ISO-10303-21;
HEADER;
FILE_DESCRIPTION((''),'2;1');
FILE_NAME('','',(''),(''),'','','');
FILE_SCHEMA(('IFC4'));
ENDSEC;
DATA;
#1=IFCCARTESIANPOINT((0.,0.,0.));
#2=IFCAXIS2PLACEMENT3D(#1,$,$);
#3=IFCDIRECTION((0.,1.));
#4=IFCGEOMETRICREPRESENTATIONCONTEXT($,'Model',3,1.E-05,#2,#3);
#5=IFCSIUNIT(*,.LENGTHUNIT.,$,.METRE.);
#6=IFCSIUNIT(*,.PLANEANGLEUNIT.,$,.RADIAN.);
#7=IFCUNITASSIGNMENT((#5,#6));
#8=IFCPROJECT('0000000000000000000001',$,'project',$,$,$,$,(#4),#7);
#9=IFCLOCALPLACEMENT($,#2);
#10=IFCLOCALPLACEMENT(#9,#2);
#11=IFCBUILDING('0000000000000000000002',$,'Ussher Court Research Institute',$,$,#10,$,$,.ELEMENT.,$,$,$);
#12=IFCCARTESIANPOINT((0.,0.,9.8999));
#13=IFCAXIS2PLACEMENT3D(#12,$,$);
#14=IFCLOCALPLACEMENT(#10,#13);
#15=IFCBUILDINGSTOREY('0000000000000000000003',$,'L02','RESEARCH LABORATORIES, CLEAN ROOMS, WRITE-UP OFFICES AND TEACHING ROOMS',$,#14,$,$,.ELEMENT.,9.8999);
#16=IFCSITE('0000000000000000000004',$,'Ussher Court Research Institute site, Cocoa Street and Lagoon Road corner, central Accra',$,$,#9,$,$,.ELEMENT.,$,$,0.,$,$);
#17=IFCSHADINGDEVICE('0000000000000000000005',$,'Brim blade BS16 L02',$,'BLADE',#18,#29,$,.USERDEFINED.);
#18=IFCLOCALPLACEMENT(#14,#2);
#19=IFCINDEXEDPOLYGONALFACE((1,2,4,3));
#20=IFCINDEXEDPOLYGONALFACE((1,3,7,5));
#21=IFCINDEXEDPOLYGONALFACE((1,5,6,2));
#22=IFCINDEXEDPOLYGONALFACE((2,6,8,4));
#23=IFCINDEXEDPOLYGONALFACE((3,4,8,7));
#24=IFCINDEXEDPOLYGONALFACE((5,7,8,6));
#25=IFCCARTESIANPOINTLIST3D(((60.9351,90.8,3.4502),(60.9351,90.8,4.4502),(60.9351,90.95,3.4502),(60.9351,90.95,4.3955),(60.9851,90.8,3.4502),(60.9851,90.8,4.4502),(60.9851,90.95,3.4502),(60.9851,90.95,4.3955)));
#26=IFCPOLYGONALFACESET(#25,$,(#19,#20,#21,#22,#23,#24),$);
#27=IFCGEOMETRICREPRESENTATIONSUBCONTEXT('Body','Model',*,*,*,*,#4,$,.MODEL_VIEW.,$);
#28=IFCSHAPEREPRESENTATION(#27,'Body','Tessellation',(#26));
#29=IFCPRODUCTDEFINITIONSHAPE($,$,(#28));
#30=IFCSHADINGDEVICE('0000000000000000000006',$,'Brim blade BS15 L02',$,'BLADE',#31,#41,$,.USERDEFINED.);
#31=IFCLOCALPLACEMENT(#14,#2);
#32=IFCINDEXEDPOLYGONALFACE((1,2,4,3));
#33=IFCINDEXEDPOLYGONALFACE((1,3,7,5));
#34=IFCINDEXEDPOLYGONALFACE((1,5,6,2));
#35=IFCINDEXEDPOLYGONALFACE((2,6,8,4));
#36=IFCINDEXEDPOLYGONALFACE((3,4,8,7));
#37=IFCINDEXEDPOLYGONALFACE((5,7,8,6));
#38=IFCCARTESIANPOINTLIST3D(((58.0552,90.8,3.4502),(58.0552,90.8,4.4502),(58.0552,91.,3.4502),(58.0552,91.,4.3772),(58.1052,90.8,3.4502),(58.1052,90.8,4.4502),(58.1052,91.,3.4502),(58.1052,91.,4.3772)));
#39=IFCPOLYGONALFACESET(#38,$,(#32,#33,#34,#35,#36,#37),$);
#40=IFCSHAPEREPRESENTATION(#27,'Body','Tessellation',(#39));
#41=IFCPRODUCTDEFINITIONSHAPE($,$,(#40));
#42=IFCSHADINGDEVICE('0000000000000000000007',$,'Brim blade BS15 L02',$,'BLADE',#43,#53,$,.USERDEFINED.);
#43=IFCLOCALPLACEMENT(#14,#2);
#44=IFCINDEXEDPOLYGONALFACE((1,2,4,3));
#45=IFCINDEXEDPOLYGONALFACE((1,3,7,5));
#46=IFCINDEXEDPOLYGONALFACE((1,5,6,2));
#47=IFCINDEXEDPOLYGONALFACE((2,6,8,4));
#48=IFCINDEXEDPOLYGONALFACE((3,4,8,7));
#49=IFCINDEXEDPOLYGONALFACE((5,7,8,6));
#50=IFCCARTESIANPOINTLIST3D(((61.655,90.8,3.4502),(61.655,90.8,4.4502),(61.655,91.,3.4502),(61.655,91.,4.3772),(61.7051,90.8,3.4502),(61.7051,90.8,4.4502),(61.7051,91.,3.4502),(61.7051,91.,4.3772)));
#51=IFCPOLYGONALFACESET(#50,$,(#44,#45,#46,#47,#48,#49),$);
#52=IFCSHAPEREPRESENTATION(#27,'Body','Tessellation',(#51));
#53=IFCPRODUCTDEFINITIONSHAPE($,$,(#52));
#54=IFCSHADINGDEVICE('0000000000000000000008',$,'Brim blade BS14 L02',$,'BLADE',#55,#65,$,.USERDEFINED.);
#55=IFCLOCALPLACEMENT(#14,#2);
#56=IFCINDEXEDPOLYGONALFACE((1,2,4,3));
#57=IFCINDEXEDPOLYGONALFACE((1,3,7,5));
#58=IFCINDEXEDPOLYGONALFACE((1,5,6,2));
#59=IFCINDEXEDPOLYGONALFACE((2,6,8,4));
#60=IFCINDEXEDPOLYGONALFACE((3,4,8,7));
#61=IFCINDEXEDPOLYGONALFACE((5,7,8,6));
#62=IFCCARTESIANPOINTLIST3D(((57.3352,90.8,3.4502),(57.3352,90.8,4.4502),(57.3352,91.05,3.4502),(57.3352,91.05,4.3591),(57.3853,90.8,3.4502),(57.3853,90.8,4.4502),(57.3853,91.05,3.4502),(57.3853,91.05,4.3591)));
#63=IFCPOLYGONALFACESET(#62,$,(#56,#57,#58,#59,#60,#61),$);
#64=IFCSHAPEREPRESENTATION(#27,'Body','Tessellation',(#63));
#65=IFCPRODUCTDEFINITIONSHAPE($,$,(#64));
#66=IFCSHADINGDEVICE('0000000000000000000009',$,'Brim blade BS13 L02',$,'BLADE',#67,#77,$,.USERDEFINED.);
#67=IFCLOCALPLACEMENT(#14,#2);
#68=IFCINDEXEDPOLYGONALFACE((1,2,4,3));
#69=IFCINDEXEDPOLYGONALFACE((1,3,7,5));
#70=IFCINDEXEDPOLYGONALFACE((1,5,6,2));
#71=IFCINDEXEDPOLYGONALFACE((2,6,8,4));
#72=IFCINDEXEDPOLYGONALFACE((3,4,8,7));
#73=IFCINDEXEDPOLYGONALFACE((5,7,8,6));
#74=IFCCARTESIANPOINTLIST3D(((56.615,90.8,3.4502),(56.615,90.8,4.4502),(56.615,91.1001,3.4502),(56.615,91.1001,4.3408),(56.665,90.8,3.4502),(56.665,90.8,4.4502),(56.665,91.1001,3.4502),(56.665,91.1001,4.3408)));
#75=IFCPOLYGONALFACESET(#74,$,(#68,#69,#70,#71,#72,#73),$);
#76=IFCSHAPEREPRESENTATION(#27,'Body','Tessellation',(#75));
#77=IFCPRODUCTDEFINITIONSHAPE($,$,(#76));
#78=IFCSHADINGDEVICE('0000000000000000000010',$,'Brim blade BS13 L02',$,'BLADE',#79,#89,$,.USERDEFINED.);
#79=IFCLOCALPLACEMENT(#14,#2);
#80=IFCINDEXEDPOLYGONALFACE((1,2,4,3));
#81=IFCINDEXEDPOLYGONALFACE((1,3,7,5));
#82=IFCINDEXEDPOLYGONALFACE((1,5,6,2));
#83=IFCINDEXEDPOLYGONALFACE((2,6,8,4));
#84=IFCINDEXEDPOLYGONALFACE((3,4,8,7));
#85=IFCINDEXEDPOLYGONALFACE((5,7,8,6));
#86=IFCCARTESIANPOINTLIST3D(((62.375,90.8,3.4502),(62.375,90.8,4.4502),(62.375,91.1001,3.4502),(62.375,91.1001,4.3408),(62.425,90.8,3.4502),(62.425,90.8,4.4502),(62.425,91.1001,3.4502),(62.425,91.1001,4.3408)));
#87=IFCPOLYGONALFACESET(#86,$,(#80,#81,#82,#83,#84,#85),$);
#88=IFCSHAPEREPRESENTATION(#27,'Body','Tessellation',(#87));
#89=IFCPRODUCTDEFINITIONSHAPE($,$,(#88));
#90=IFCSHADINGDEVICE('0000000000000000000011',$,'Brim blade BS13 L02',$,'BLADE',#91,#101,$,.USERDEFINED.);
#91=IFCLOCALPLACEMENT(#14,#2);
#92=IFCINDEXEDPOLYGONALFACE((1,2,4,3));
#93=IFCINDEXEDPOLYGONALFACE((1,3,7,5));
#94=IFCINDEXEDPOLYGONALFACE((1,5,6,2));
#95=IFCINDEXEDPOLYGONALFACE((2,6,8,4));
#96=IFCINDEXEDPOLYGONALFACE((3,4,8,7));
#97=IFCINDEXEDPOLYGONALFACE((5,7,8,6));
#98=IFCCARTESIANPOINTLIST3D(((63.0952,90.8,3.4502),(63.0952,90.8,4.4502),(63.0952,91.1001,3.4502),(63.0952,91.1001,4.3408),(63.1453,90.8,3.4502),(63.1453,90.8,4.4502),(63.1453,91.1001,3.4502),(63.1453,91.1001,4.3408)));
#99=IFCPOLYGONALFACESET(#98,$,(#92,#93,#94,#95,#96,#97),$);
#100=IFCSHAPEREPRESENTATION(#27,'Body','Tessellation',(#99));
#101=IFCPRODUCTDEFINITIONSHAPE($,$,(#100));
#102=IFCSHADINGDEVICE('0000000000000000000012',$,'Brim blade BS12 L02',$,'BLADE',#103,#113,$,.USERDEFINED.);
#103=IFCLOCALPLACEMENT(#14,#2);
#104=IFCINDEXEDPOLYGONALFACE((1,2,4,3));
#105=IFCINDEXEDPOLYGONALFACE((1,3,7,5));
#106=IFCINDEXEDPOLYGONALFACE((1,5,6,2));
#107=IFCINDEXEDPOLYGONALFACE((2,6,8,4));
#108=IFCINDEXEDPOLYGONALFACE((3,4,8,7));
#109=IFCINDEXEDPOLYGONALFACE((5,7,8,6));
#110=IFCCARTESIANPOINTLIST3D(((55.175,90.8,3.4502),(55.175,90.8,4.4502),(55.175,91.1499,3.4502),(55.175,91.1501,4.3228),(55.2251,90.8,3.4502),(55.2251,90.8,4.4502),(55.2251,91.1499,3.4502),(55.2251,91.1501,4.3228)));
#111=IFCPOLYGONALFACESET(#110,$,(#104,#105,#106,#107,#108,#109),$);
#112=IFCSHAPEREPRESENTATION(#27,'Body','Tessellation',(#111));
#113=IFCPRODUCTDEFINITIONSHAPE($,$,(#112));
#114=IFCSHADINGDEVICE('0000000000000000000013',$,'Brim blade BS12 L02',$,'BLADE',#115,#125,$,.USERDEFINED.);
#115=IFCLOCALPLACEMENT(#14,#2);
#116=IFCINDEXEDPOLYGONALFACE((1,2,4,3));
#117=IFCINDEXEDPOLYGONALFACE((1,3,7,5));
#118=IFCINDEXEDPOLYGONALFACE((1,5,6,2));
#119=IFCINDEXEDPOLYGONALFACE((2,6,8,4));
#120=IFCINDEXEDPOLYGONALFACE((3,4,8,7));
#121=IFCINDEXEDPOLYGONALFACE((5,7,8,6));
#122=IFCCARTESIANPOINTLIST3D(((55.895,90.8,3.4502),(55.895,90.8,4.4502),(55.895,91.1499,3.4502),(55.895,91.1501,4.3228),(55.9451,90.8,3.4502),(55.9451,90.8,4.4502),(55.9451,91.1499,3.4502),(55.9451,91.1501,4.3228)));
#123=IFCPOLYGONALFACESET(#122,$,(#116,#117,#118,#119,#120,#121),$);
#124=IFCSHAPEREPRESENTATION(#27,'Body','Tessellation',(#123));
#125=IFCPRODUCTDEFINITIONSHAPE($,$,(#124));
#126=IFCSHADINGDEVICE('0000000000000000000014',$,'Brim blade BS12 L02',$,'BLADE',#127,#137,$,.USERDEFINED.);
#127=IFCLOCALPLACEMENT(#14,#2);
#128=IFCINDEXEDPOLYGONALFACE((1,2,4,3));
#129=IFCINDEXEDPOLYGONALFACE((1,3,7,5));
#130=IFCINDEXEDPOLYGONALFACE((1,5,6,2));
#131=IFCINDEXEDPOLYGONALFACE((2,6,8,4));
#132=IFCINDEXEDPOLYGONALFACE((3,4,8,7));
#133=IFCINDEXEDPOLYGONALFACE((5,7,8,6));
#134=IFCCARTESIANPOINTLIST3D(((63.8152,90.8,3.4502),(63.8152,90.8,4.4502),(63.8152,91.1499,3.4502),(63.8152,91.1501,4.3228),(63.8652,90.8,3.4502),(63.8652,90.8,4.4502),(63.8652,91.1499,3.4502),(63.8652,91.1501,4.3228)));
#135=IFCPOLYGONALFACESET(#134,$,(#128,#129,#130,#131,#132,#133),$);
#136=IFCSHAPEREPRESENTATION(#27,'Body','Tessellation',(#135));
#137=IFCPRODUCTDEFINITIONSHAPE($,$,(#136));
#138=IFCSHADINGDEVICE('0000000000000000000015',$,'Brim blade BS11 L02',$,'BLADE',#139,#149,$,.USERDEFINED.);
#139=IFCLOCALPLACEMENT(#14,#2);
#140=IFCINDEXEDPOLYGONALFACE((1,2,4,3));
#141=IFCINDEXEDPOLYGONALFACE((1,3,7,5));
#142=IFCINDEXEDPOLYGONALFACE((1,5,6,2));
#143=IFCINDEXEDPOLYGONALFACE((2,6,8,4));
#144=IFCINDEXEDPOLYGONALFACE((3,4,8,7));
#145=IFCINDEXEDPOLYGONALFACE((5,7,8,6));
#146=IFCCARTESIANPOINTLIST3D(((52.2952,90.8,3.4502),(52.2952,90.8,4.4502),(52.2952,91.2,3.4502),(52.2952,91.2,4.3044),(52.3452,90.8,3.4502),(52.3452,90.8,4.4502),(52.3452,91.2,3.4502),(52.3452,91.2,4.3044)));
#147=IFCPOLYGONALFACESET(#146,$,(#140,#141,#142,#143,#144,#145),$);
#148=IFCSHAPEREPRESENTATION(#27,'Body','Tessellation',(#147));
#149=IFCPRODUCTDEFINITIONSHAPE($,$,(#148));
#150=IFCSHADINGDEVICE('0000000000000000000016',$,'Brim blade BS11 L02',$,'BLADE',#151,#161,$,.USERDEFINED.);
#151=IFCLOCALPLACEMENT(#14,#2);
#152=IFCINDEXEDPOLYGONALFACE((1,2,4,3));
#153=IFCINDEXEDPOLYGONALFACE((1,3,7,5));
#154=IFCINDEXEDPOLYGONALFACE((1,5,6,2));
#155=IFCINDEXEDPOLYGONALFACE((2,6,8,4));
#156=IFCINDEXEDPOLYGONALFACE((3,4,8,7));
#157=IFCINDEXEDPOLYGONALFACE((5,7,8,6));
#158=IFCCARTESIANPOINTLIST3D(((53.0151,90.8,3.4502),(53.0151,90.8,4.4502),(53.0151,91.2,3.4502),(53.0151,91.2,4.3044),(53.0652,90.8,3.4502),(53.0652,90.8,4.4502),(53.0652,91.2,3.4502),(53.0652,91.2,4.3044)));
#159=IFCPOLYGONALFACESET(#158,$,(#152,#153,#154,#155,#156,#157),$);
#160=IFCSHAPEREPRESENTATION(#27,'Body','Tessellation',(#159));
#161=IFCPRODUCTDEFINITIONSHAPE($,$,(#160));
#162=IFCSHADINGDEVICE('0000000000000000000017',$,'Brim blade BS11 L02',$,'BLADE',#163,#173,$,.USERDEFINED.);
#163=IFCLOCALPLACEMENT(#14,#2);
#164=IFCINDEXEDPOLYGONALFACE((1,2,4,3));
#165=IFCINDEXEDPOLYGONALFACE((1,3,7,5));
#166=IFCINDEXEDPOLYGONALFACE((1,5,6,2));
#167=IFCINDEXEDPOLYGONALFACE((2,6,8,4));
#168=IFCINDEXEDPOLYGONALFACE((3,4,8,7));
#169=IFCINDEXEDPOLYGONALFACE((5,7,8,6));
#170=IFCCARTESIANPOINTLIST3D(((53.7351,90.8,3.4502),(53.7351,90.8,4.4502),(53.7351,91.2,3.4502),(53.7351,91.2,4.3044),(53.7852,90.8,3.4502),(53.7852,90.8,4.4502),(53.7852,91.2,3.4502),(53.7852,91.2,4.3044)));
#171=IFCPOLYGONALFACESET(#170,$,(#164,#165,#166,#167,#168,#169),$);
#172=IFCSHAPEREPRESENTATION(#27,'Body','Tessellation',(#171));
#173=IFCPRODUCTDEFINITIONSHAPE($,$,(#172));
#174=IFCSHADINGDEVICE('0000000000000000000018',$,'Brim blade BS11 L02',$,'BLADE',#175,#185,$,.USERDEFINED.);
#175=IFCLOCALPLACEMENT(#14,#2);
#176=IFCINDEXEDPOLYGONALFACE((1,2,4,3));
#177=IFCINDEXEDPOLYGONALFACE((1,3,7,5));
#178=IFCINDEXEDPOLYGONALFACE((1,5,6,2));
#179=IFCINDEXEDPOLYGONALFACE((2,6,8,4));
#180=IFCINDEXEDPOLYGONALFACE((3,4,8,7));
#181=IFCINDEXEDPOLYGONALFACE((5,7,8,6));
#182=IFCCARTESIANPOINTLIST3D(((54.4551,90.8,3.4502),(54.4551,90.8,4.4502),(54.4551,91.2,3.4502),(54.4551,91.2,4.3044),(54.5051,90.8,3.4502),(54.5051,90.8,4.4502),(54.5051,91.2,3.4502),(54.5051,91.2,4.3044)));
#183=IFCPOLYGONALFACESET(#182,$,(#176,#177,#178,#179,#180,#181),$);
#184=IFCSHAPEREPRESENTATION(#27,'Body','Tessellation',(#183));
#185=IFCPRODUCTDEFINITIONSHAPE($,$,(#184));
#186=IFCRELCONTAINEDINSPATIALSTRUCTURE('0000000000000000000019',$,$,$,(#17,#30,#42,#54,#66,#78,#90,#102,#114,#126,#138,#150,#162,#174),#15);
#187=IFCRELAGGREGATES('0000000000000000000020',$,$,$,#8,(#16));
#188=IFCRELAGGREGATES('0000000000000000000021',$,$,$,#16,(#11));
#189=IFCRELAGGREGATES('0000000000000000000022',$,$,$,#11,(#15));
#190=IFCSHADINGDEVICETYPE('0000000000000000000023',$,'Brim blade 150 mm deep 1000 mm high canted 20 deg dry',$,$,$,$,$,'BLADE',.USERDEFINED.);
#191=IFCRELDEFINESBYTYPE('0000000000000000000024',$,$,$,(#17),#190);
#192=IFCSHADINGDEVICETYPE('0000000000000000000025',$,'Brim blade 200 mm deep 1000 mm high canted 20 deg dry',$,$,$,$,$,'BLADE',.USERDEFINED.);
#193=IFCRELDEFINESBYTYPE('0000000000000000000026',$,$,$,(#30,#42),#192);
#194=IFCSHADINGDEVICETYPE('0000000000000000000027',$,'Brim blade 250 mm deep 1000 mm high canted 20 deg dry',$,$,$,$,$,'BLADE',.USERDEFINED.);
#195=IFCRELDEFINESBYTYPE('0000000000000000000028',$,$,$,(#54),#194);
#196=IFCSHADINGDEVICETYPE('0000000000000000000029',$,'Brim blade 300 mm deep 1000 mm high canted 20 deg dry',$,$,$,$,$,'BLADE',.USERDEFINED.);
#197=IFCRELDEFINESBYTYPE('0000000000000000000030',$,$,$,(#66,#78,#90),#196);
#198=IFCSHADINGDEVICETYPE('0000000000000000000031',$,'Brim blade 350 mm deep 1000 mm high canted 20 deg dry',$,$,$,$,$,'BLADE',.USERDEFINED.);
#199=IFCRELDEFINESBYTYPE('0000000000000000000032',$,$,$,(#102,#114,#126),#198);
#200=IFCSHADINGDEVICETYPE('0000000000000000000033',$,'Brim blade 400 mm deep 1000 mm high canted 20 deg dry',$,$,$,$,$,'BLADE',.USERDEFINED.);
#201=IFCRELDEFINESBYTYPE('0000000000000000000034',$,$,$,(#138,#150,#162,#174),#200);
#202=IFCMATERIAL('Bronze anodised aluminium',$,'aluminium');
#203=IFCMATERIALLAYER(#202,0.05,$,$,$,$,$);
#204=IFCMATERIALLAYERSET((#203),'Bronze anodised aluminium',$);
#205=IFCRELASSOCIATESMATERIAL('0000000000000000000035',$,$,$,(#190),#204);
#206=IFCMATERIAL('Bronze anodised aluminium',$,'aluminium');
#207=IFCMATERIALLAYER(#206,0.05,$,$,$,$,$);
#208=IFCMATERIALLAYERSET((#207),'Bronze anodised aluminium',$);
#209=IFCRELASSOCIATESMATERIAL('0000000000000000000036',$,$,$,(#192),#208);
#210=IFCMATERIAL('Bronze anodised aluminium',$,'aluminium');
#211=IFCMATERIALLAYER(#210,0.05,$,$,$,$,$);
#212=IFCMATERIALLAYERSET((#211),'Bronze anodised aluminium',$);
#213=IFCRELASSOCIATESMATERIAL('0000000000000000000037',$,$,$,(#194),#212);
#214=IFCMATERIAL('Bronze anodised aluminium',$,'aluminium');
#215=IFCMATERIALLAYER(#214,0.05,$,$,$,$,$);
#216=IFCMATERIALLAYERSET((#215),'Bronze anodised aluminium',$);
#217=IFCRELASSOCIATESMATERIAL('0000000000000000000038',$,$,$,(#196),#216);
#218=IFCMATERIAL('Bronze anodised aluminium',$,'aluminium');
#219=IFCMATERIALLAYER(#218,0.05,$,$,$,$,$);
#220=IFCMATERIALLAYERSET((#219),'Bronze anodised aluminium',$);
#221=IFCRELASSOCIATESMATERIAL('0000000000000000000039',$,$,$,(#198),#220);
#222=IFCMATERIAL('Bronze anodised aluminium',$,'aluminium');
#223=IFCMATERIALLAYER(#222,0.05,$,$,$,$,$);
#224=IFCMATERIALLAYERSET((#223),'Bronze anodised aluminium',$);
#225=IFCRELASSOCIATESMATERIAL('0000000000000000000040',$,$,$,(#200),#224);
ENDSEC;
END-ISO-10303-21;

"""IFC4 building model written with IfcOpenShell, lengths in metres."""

from ifc_helpers import new_model, si_unit, direction, frame, origin, place, context, subcontext, project, spatial, polyline, outline, extrude, material, layer, layer_set, type_object, element, save


model = new_model("IFC4")

# Units and contexts
model_context = context("Model", 3, precision=1e-05, world=origin(), true_north=direction((0.0, 1.0)))
body_context = subcontext(model_context, "Body", "Model", "MODEL_VIEW")
ifc_project = project(units=[si_unit("LENGTHUNIT", "METRE"), si_unit("PLANEANGLEUNIT", "RADIAN")], contexts=[model_context])

# Site, building, storey
site_placement = place(None, origin())
site = spatial("IfcSite", under=ifc_project, at=site_placement, Name="Ussher Court Research Institute site, Cocoa Street and Lagoon Road corner, central Accra", CompositionType="ELEMENT", RefElevation=0.0)
building_placement = place(site_placement, origin())
building = spatial("IfcBuilding", under=site, at=building_placement, Name="Ussher Court Research Institute", CompositionType="ELEMENT")
storey_placement = place(building_placement, frame((0.0, 0.0, 9.8999)))
storey = spatial("IfcBuildingStorey", under=building, at=storey_placement, Name="L02", Description="RESEARCH LABORATORIES, CLEAN ROOMS, WRITE-UP OFFICES AND TEACHING ROOMS", CompositionType="ELEMENT", Elevation=9.8999)

# Shading devices
ifc_material_1 = material(Name="Bronze anodised aluminium", Category="aluminium")
ifc_layer_1 = layer(ifc_material_1, 0.05)
ifc_layer_set_1 = layer_set([ifc_layer_1], Name="Bronze anodised aluminium")
shading_device_type_1 = type_object("IfcShadingDeviceType", Name="Brim blade 150 mm deep 1000 mm high canted 20 deg dry", ElementType="BLADE", PredefinedType="USERDEFINED", material=ifc_layer_set_1)
shading_device_1_placement = place(storey_placement, frame((60.96, 90.8, 3.4502), z_axis=(0.0, 0.0, 1.0), x_axis=(0.0, 1.0, 0.0)))
element("IfcShadingDevice", 1, at=shading_device_1_placement, inside=storey, type_object=shading_device_type_1, Name="Brim blade BS16 L02", ObjectType="BLADE", PredefinedType="USERDEFINED", context=body_context, shape_type="SweptSolid", body=[
    extrude(outline(polyline([(0.0, 0.0), (0.1499, 0.0), (0.1499, 0.9453), (0.0, 1.0), (0.0, 0.0)])), frame((0.0, 0.0249, 0.0), z_axis=(0.0, -1.0, 0.0), x_axis=(1.0, 0.0, 0.0)), (0.0, 0.0, 1.0), 0.05),
])
ifc_material_2 = material(Name="Bronze anodised aluminium", Category="aluminium")
ifc_layer_2 = layer(ifc_material_2, 0.05)
ifc_layer_set_2 = layer_set([ifc_layer_2], Name="Bronze anodised aluminium")
shading_device_type_2 = type_object("IfcShadingDeviceType", Name="Brim blade 200 mm deep 1000 mm high canted 20 deg dry", ElementType="BLADE", PredefinedType="USERDEFINED", material=ifc_layer_set_2)
for number, where, z_axis, x_axis, name in (
    (2, (58.0801, 90.8, 3.4502), (0.0, 0.0, 1.0), (0.0, 1.0, 0.0), "Brim blade BS15 L02"),
    (3, (61.6799, 90.8, 3.4502), (0.0, 0.0, 1.0), (0.0, 1.0, 0.0), "Brim blade BS15 L02"),
):
    element("IfcShadingDevice", number, at=place(storey_placement, frame(where, z_axis=z_axis, x_axis=x_axis)), inside=storey, type_object=shading_device_type_2, Name=name, ObjectType="BLADE", PredefinedType="USERDEFINED", context=body_context, shape_type="SweptSolid", body=[
        extrude(outline(polyline([(0.0, 0.0), (0.2, 0.0), (0.2, 0.927), (0.0, 1.0), (0.0, 0.0)])), frame((0.0, 0.0249, 0.0), z_axis=(0.0, -1.0, 0.0), x_axis=(1.0, 0.0, 0.0)), (0.0, 0.0, 1.0), 0.05),
    ])
ifc_material_3 = material(Name="Bronze anodised aluminium", Category="aluminium")
ifc_layer_3 = layer(ifc_material_3, 0.05)
ifc_layer_set_3 = layer_set([ifc_layer_3], Name="Bronze anodised aluminium")
shading_device_type_3 = type_object("IfcShadingDeviceType", Name="Brim blade 250 mm deep 1000 mm high canted 20 deg dry", ElementType="BLADE", PredefinedType="USERDEFINED", material=ifc_layer_set_3)
shading_device_2_placement = place(storey_placement, frame((57.3601, 90.8, 3.4502), z_axis=(0.0, 0.0, 1.0), x_axis=(0.0, 1.0, 0.0)))
element("IfcShadingDevice", 4, at=shading_device_2_placement, inside=storey, type_object=shading_device_type_3, Name="Brim blade BS14 L02", ObjectType="BLADE", PredefinedType="USERDEFINED", context=body_context, shape_type="SweptSolid", body=[
    extrude(outline(polyline([(0.0, 0.0), (0.25, 0.0), (0.25, 0.9089), (0.0, 1.0), (0.0, 0.0)])), frame((0.0, 0.0249, 0.0), z_axis=(0.0, -1.0, 0.0), x_axis=(1.0, 0.0, 0.0)), (0.0, 0.0, 1.0), 0.05),
])
ifc_material_4 = material(Name="Bronze anodised aluminium", Category="aluminium")
ifc_layer_4 = layer(ifc_material_4, 0.05)
ifc_layer_set_4 = layer_set([ifc_layer_4], Name="Bronze anodised aluminium")
shading_device_type_4 = type_object("IfcShadingDeviceType", Name="Brim blade 300 mm deep 1000 mm high canted 20 deg dry", ElementType="BLADE", PredefinedType="USERDEFINED", material=ifc_layer_set_4)
for number, where, z_axis, x_axis, name in (
    (5, (56.6399, 90.8, 3.4502), (0.0, 0.0, 1.0), (0.0, 1.0, 0.0), "Brim blade BS13 L02"),
    (6, (62.3999, 90.8, 3.4502), (0.0, 0.0, 1.0), (0.0, 1.0, 0.0), "Brim blade BS13 L02"),
    (7, (63.1201, 90.8, 3.4502), (0.0, 0.0, 1.0), (0.0, 1.0, 0.0), "Brim blade BS13 L02"),
):
    element("IfcShadingDevice", number, at=place(storey_placement, frame(where, z_axis=z_axis, x_axis=x_axis)), inside=storey, type_object=shading_device_type_4, Name=name, ObjectType="BLADE", PredefinedType="USERDEFINED", context=body_context, shape_type="SweptSolid", body=[
        extrude(outline(polyline([(0.0, 0.0), (0.3, 0.0), (0.3, 0.8906), (0.0, 1.0), (0.0, 0.0)])), frame((0.0, 0.0249, 0.0), z_axis=(0.0, -1.0, 0.0), x_axis=(1.0, 0.0, 0.0)), (0.0, 0.0, 1.0), 0.05),
    ])
ifc_material_5 = material(Name="Bronze anodised aluminium", Category="aluminium")
ifc_layer_5 = layer(ifc_material_5, 0.05)
ifc_layer_set_5 = layer_set([ifc_layer_5], Name="Bronze anodised aluminium")
shading_device_type_5 = type_object("IfcShadingDeviceType", Name="Brim blade 350 mm deep 1000 mm high canted 20 deg dry", ElementType="BLADE", PredefinedType="USERDEFINED", material=ifc_layer_set_5)
for number, where, z_axis, x_axis, name in (
    (8, (55.2, 90.8, 3.4502), (0.0, 0.0, 1.0), (0.0, 1.0, 0.0), "Brim blade BS12 L02"),
    (9, (55.9199, 90.8, 3.4502), (0.0, 0.0, 1.0), (0.0, 1.0, 0.0), "Brim blade BS12 L02"),
    (10, (63.8401, 90.8, 3.4502), (0.0, 0.0, 1.0), (0.0, 1.0, 0.0), "Brim blade BS12 L02"),
):
    element("IfcShadingDevice", number, at=place(storey_placement, frame(where, z_axis=z_axis, x_axis=x_axis)), inside=storey, type_object=shading_device_type_5, Name=name, ObjectType="BLADE", PredefinedType="USERDEFINED", context=body_context, shape_type="SweptSolid", body=[
        extrude(outline(polyline([(0.0, 0.0), (0.3499, 0.0), (0.3501, 0.8726), (0.0, 1.0), (0.0, 0.0)])), frame((0.0, 0.0249, 0.0), z_axis=(0.0, -1.0, 0.0), x_axis=(1.0, 0.0, 0.0)), (0.0, 0.0, 1.0), 0.05),
    ])
ifc_material_6 = material(Name="Bronze anodised aluminium", Category="aluminium")
ifc_layer_6 = layer(ifc_material_6, 0.05)
ifc_layer_set_6 = layer_set([ifc_layer_6], Name="Bronze anodised aluminium")
shading_device_type_6 = type_object("IfcShadingDeviceType", Name="Brim blade 400 mm deep 1000 mm high canted 20 deg dry", ElementType="BLADE", PredefinedType="USERDEFINED", material=ifc_layer_set_6)
for number, where, z_axis, x_axis, name in (
    (11, (52.3201, 90.8, 3.4502), (0.0, 0.0, 1.0), (0.0, 1.0, 0.0), "Brim blade BS11 L02"),
    (12, (53.04, 90.8, 3.4502), (0.0, 0.0, 1.0), (0.0, 1.0, 0.0), "Brim blade BS11 L02"),
    (13, (53.76, 90.8, 3.4502), (0.0, 0.0, 1.0), (0.0, 1.0, 0.0), "Brim blade BS11 L02"),
    (14, (54.48, 90.8, 3.4502), (0.0, 0.0, 1.0), (0.0, 1.0, 0.0), "Brim blade BS11 L02"),
):
    element("IfcShadingDevice", number, at=place(storey_placement, frame(where, z_axis=z_axis, x_axis=x_axis)), inside=storey, type_object=shading_device_type_6, Name=name, ObjectType="BLADE", PredefinedType="USERDEFINED", context=body_context, shape_type="SweptSolid", body=[
        extrude(outline(polyline([(0.0, 0.0), (0.3999, 0.0), (0.3999, 0.8542), (0.0, 1.0), (0.0, 0.0)])), frame((0.0, 0.0249, 0.0), z_axis=(0.0, -1.0, 0.0), x_axis=(1.0, 0.0, 0.0)), (0.0, 0.0, 1.0), 0.05),
    ])

save(model, "model.ifc")
